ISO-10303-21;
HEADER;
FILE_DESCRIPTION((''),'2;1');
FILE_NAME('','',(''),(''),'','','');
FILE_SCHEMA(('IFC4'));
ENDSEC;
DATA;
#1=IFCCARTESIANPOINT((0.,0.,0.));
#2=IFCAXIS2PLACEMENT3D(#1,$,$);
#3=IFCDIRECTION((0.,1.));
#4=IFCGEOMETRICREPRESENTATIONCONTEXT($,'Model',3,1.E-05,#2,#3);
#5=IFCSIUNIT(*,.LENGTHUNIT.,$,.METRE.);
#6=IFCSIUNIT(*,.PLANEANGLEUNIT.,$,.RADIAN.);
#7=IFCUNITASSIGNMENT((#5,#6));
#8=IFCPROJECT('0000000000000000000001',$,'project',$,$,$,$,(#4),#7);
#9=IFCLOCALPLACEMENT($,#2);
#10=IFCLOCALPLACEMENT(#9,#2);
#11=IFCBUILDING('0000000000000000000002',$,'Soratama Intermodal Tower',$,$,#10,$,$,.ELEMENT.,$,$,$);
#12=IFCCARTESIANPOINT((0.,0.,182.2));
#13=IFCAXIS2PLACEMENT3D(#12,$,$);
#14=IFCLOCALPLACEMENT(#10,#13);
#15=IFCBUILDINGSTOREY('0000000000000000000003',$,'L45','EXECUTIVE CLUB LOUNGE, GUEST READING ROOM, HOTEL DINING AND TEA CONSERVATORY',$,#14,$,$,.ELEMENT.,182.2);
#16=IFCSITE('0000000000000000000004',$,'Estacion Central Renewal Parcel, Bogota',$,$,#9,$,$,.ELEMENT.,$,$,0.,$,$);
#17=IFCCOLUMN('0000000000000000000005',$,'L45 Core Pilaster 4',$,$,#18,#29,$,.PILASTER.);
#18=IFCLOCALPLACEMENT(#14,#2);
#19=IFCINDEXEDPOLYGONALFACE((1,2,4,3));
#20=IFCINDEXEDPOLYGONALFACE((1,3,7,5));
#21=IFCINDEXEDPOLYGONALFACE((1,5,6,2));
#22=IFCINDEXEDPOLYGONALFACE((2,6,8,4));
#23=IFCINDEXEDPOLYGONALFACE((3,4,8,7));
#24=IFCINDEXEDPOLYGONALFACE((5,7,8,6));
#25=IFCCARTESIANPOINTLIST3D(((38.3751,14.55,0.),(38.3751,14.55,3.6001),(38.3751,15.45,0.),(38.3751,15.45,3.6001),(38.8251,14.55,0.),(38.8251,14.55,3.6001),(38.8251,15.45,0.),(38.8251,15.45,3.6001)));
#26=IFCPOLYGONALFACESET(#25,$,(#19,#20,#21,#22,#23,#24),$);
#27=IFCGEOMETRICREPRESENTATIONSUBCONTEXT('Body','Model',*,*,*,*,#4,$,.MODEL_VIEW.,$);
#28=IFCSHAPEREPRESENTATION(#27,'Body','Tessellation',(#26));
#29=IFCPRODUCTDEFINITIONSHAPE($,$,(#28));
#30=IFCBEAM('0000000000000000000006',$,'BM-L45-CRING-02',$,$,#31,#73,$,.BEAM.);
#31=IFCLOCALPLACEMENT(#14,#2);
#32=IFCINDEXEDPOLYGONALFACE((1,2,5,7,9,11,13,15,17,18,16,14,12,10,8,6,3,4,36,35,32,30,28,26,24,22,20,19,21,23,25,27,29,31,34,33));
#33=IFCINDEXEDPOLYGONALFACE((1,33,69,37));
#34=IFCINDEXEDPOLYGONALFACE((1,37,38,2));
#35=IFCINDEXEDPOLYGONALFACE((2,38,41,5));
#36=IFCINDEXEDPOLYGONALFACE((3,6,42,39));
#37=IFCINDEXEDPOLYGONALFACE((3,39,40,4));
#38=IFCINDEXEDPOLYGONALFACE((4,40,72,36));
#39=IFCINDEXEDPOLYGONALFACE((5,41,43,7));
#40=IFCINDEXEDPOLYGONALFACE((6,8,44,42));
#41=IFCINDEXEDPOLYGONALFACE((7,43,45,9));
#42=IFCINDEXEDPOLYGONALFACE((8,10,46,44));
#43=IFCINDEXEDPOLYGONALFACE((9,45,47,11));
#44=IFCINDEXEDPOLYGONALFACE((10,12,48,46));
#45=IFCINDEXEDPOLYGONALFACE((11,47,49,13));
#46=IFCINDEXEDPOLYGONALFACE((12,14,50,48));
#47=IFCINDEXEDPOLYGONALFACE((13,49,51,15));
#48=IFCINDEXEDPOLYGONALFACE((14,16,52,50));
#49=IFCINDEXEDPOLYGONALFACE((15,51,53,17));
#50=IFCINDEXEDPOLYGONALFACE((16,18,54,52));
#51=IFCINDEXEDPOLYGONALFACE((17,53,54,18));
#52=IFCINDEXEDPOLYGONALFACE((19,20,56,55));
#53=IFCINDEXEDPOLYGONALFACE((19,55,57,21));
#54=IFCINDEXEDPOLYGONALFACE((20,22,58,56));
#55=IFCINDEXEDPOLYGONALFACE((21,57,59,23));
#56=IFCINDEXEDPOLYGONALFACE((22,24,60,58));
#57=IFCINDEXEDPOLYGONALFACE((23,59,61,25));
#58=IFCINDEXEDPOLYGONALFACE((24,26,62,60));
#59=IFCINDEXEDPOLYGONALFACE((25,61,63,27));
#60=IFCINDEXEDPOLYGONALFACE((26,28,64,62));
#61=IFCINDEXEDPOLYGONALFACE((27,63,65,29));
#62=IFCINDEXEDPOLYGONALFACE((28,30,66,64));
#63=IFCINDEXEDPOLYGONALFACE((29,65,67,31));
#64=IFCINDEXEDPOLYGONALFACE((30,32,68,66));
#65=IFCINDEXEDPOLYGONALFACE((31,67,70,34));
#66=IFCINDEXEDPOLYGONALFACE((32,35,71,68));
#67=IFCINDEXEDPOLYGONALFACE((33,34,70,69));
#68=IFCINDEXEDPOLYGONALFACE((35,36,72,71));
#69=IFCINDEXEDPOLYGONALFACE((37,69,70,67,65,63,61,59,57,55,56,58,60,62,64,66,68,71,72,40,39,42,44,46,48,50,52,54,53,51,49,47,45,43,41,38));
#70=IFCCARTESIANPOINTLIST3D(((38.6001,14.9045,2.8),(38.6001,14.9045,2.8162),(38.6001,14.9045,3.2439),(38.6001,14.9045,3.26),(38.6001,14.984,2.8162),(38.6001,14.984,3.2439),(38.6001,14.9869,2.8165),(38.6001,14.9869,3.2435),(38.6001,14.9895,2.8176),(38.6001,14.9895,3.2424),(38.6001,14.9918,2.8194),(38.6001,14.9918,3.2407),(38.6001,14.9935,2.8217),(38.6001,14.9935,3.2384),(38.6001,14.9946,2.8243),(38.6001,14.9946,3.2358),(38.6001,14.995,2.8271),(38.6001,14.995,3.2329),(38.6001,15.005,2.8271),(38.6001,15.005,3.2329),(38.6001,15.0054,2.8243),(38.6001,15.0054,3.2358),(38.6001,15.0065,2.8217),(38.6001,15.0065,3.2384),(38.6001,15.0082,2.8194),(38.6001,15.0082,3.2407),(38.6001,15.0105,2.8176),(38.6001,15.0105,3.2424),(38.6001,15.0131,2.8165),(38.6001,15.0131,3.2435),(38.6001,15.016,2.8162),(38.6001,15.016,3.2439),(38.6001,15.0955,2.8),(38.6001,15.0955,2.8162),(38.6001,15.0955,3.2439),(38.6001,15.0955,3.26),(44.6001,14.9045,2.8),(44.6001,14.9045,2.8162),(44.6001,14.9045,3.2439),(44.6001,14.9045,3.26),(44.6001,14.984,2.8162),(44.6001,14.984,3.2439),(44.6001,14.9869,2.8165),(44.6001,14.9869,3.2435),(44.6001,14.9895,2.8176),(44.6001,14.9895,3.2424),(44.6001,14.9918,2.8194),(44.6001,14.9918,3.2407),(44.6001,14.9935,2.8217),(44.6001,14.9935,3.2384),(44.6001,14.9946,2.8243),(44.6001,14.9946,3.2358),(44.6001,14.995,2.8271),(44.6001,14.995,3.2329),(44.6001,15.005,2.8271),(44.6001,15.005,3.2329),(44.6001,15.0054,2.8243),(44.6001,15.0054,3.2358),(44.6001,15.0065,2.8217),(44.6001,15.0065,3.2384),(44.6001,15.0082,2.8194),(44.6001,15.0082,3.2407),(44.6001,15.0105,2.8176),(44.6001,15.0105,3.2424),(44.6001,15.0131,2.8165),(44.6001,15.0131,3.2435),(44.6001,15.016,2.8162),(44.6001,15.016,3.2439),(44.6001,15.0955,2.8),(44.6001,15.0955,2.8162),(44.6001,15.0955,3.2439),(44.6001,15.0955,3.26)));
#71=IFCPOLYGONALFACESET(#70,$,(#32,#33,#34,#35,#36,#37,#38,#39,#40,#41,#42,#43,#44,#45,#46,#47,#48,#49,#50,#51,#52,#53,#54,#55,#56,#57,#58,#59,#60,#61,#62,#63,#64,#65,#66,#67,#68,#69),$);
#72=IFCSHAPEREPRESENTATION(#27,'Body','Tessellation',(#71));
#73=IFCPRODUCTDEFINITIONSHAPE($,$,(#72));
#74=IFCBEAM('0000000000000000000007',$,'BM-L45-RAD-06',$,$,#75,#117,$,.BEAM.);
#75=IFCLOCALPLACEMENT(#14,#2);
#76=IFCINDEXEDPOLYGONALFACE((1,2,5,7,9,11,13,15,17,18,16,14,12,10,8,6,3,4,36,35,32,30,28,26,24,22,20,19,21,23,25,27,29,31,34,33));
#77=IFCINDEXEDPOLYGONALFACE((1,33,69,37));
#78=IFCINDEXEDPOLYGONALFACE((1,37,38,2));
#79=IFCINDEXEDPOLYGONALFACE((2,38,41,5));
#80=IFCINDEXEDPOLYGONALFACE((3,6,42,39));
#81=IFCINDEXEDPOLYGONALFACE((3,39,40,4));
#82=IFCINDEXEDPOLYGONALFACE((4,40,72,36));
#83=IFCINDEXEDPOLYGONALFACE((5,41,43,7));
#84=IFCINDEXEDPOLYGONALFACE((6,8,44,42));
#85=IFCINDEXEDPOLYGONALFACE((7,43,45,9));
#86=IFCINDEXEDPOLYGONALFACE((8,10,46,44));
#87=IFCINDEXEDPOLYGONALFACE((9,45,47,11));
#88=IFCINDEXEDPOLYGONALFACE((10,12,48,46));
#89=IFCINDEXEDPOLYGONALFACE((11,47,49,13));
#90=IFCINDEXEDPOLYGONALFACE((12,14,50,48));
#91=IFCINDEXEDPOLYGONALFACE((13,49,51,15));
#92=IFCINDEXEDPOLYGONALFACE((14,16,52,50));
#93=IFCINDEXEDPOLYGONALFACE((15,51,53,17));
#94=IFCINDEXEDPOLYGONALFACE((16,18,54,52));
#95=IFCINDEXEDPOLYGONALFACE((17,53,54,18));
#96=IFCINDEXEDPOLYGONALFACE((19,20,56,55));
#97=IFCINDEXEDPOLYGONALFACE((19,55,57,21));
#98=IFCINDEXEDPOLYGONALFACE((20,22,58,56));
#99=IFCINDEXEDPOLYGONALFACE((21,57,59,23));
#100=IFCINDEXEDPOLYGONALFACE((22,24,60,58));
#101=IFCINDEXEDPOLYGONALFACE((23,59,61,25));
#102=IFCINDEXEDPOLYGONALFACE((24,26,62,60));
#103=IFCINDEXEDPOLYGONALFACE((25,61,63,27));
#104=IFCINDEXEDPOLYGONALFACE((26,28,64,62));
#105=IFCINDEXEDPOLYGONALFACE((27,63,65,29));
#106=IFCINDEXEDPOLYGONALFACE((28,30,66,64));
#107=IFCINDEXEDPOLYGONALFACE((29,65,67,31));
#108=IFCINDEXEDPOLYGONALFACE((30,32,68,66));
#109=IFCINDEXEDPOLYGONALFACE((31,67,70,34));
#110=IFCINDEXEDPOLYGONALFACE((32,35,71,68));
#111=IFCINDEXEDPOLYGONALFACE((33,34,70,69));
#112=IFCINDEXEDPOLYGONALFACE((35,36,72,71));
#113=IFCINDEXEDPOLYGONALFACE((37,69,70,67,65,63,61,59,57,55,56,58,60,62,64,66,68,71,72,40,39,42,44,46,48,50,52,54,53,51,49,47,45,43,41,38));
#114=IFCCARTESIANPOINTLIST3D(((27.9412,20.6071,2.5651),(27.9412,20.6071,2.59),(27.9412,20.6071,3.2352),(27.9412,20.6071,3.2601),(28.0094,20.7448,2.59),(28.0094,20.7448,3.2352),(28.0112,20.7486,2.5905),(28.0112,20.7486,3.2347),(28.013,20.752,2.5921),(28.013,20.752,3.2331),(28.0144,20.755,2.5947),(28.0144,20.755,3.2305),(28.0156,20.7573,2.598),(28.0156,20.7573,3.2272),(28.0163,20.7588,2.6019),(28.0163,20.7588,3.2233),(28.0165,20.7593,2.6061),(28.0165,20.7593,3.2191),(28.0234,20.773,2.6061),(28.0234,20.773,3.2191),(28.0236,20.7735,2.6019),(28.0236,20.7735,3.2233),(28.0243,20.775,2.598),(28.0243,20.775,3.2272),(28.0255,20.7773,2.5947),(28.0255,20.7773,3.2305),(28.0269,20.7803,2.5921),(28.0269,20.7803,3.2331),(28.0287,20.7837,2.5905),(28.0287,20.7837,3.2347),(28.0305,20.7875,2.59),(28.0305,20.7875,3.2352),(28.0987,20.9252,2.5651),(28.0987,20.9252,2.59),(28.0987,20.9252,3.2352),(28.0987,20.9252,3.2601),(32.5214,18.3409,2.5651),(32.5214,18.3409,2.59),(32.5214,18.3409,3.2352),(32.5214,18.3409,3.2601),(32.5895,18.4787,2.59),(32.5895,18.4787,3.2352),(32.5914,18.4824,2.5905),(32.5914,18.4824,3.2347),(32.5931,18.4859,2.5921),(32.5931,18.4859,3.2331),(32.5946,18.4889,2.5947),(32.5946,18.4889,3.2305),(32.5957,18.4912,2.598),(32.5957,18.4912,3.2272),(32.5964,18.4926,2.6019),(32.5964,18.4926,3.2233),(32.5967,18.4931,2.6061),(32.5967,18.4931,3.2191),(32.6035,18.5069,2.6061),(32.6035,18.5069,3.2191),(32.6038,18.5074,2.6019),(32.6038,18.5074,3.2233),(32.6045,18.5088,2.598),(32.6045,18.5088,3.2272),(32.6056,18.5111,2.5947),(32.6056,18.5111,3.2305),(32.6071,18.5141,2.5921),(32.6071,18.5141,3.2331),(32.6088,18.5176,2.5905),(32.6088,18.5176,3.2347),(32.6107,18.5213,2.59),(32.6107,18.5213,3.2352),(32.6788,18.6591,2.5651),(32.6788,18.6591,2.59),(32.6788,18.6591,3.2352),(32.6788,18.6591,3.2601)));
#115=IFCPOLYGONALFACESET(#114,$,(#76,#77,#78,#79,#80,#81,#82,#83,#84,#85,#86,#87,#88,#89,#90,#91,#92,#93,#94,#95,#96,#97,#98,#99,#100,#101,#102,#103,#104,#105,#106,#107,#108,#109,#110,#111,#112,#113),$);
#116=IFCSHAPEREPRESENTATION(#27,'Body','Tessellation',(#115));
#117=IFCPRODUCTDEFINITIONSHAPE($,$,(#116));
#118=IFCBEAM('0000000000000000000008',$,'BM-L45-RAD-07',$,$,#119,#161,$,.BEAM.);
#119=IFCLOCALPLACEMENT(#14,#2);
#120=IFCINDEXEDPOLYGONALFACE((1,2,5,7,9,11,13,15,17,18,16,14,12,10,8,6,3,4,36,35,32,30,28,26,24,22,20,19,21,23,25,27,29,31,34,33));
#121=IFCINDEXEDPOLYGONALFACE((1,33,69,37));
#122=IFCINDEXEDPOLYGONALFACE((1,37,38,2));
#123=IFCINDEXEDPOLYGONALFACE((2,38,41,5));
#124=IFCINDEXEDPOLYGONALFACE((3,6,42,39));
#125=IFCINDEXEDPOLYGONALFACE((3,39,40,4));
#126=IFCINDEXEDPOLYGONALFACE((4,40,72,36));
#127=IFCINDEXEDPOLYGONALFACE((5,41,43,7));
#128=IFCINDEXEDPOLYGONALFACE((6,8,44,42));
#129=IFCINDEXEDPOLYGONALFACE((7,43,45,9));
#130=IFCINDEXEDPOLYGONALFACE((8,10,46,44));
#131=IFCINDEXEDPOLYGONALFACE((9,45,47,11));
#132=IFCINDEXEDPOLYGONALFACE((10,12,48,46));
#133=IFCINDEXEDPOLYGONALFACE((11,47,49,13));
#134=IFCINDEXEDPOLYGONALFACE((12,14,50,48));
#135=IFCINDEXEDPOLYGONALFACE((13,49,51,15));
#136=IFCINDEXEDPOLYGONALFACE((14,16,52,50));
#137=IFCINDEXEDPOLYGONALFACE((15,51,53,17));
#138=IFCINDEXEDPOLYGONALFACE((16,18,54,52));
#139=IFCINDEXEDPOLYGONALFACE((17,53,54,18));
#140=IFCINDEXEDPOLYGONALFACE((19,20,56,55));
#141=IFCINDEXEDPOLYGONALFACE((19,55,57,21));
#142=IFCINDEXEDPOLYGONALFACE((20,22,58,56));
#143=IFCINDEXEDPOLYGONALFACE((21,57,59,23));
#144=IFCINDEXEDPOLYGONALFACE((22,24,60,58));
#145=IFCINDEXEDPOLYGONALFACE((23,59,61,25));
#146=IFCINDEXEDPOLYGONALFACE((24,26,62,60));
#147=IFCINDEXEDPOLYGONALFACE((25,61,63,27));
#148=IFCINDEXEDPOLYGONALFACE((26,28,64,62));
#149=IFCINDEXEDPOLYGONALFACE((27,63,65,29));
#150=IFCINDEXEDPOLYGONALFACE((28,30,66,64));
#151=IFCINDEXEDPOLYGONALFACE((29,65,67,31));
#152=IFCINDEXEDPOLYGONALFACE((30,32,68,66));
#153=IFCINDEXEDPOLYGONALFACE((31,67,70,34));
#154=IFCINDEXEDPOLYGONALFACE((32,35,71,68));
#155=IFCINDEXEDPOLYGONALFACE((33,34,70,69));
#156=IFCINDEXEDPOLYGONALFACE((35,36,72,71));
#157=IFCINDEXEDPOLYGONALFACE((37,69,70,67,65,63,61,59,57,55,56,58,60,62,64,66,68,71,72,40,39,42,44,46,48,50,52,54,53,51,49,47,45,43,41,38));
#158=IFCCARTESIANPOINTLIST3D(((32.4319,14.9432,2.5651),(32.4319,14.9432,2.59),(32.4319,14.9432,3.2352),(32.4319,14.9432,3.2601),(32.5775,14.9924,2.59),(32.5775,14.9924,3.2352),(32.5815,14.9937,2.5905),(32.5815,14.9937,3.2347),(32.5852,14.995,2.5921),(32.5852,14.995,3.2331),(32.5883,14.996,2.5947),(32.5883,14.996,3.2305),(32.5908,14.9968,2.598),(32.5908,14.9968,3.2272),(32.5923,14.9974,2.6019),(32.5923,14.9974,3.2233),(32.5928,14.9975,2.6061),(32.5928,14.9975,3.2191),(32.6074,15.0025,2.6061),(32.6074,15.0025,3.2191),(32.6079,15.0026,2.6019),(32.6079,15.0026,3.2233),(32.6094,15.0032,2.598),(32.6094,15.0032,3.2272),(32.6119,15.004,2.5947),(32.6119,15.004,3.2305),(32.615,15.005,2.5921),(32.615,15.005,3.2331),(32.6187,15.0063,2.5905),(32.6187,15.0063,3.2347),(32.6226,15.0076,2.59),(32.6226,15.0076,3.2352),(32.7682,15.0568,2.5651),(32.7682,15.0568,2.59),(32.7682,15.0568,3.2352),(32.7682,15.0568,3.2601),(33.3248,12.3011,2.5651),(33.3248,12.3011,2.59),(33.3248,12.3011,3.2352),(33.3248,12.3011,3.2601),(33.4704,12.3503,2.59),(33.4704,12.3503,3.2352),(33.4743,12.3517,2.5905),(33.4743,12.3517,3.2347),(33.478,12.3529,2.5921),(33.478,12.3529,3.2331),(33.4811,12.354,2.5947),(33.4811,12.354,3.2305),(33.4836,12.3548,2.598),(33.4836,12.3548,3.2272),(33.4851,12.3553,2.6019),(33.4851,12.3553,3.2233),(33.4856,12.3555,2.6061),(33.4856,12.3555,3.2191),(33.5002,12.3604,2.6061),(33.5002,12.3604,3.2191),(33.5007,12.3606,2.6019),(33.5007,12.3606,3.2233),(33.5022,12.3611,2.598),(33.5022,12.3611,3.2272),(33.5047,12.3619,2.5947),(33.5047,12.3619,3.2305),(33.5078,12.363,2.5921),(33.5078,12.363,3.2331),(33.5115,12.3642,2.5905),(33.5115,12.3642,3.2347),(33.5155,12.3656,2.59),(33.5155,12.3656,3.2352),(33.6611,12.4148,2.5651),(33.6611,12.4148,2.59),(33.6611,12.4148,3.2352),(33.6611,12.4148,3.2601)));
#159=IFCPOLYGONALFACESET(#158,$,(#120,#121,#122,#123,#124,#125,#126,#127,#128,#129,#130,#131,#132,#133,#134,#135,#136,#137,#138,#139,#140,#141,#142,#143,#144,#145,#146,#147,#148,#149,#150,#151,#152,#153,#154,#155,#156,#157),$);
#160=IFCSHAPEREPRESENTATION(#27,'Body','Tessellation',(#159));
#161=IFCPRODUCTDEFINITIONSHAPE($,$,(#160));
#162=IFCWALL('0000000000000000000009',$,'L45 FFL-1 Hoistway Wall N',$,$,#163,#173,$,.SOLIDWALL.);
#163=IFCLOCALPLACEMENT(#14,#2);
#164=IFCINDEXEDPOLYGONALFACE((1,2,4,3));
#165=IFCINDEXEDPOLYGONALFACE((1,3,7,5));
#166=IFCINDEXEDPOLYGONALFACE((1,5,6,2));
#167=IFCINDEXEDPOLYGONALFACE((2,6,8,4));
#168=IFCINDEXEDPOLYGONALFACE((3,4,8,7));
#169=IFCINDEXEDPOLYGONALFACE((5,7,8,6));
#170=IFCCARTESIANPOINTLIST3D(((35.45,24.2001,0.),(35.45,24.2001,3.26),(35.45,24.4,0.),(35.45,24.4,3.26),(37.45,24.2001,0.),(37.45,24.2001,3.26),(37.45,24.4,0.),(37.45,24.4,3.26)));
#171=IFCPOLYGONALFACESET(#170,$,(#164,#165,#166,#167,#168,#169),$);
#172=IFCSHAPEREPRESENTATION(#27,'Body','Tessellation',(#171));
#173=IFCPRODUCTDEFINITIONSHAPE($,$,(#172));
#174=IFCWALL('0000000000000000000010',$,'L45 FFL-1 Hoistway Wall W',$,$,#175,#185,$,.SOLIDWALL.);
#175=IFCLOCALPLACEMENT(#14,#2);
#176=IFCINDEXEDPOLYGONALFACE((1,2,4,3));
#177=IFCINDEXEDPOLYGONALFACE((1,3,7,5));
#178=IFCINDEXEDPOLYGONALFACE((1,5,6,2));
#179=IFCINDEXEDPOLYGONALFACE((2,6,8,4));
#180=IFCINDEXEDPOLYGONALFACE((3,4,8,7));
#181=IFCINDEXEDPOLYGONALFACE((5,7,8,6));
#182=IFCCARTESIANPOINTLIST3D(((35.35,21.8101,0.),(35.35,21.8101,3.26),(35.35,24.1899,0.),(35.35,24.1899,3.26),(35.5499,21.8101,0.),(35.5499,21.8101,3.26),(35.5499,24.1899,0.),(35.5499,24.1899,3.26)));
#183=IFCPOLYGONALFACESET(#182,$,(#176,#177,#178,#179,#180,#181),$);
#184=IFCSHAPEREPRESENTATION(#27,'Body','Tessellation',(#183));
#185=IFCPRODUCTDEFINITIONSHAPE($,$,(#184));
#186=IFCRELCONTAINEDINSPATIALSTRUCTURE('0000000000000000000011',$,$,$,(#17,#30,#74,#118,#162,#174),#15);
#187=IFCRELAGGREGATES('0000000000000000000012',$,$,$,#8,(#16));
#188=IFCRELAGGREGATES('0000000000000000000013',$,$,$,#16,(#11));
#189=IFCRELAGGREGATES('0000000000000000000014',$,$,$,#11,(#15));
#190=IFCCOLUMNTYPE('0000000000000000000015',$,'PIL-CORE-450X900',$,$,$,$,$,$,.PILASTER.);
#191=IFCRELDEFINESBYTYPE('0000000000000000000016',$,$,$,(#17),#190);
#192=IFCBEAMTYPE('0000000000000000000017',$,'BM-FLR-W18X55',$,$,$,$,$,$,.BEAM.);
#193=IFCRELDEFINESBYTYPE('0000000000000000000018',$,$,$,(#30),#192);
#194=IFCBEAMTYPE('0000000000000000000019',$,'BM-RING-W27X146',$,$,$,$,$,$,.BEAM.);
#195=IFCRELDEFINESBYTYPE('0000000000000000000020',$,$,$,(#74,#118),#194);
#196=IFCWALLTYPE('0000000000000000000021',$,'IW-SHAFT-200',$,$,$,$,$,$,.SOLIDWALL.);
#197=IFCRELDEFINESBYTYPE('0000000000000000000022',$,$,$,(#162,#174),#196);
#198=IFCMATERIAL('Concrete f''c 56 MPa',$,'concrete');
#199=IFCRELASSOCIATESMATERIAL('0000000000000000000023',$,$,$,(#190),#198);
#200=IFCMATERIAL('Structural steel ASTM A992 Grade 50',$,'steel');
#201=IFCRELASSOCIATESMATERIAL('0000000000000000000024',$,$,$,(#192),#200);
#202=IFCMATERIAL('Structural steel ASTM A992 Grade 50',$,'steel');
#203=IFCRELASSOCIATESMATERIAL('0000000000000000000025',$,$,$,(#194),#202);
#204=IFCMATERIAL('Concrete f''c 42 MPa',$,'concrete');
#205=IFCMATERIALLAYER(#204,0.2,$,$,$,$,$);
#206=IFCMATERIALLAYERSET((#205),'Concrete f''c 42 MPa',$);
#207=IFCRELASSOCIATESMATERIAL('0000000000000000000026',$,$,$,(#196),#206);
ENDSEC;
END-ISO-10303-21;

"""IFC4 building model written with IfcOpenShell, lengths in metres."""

from ifc_helpers import new_model, si_unit, direction, frame, frame_2d, origin, origin_2d, place, context, subcontext, project, spatial, rectangle, i_section, extrude, material, layer, layer_set, material_profile, profile_set, type_object, element, save


model = new_model("IFC4")

# Units and contexts
model_context = context("Model", 3, precision=1e-05, world=origin(), true_north=direction((0.0, 1.0)))
body_context = subcontext(model_context, "Body", "Model", "MODEL_VIEW")
ifc_project = project(units=[si_unit("LENGTHUNIT", "METRE"), si_unit("PLANEANGLEUNIT", "RADIAN")], contexts=[model_context])

# Site, building, storey
site_placement = place(None, origin())
site = spatial("IfcSite", under=ifc_project, at=site_placement, Name="Estacion Central Renewal Parcel, Bogota", CompositionType="ELEMENT", RefElevation=0.0)
building_placement = place(site_placement, origin())
building = spatial("IfcBuilding", under=site, at=building_placement, Name="Soratama Intermodal Tower", CompositionType="ELEMENT")
storey_placement = place(building_placement, frame((0.0, 0.0, 182.2)))
storey = spatial("IfcBuildingStorey", under=building, at=storey_placement, Name="L45", Description="EXECUTIVE CLUB LOUNGE, GUEST READING ROOM, HOTEL DINING AND TEA CONSERVATORY", CompositionType="ELEMENT", Elevation=182.2)

# Column
ifc_material_1 = material(Name="Concrete f'c 56 MPa", Category="concrete")
ifc_material_profile_1 = material_profile(ifc_material_1, rectangle(XDim=0.45, YDim=0.8999, at=origin_2d()), Name="RC450X900")
ifc_profile_set_1 = profile_set([ifc_material_profile_1], Name="Concrete f'c 56 MPa")
column_type = type_object("IfcColumnType", Name="PIL-CORE-450X900", PredefinedType="PILASTER", material=ifc_profile_set_1)
column_placement = place(storey_placement, frame((38.6001, 15.0, 0.0), z_axis=(0.0, 0.0, 1.0), x_axis=(1.0, 0.0, 0.0)))
element("IfcColumn", 1, at=column_placement, inside=storey, type_object=column_type, Name="L45 Core Pilaster 4", PredefinedType="PILASTER", context=body_context, shape_type="SweptSolid", body=[
    extrude(rectangle(XDim=0.45, YDim=0.8999, at=origin_2d()), origin(), (0.0, 0.0, 1.0), 3.6001),
])

# Beams
ifc_material_2 = material(Name="Structural steel ASTM A992 Grade 50", Category="steel")
ifc_material_profile_2 = material_profile(ifc_material_2, i_section(OverallWidth=0.1909, OverallDepth=0.46, WebThickness=0.01, FlangeThickness=0.0161, FilletRadius=0.011, at=origin_2d()), Name="W18X55")
ifc_profile_set_2 = profile_set([ifc_material_profile_2], Name="Structural steel ASTM A992 Grade 50")
beam_type_1 = type_object("IfcBeamType", Name="BM-FLR-W18X55", PredefinedType="BEAM", material=ifc_profile_set_2)
beam_1_placement = place(storey_placement, frame((38.6001, 15.0, 3.03), z_axis=(1.0, 0.0, 0.0), x_axis=(0.0, 1.0, 0.0)))
element("IfcBeam", 2, at=beam_1_placement, inside=storey, type_object=beam_type_1, Name="BM-L45-CRING-02", PredefinedType="BEAM", context=body_context, shape_type="SweptSolid", body=[
    extrude(i_section(OverallWidth=0.1909, OverallDepth=0.46, WebThickness=0.01, FlangeThickness=0.0161, FilletRadius=0.011, at=origin_2d()), origin(), (0.0, 0.0, 1.0), 6.0),
])
ifc_material_3 = material(Name="Structural steel ASTM A992 Grade 50", Category="steel")
ifc_material_profile_3 = material_profile(ifc_material_3, i_section(OverallWidth=0.355, OverallDepth=0.6951, WebThickness=0.0154, FlangeThickness=0.0249, FilletRadius=0.0161, at=origin_2d()), Name="W27X146")
ifc_profile_set_3 = profile_set([ifc_material_profile_3], Name="Structural steel ASTM A992 Grade 50")
beam_type_2 = type_object("IfcBeamType", Name="BM-RING-W27X146", PredefinedType="BEAM", material=ifc_profile_set_3)
beam_2_placement = place(storey_placement, frame((32.6001, 18.5, 2.9126), z_axis=(-0.896292, 0.443464, 0.0), x_axis=(-0.443464, -0.896292, 0.0)))
element("IfcBeam", 3, at=beam_2_placement, inside=storey, type_object=beam_type_2, Name="BM-L45-RAD-06", PredefinedType="BEAM", context=body_context, shape_type="SweptSolid", body=[
    extrude(i_section(OverallWidth=0.355, OverallDepth=0.6951, WebThickness=0.0154, FlangeThickness=0.0249, FilletRadius=0.0161, at=origin_2d()), origin(), (0.0, 0.0, 1.0), 5.1101),
])
beam_3_placement = place(storey_placement, frame((32.6001, 15.0, 2.9126), z_axis=(0.320138, -0.947371, 0.0), x_axis=(0.947371, 0.320138, 0.0)))
element("IfcBeam", 4, at=beam_3_placement, inside=storey, type_object=beam_type_2, Name="BM-L45-RAD-07", PredefinedType="BEAM", context=body_context, shape_type="SweptSolid", body=[
    extrude(i_section(OverallWidth=0.355, OverallDepth=0.6951, WebThickness=0.0154, FlangeThickness=0.0249, FilletRadius=0.0161, at=origin_2d()), origin(), (0.0, 0.0, 1.0), 2.7888),
])

# Shared definitions
ifc_material_4 = material(Name="Concrete f'c 42 MPa", Category="concrete")
ifc_layer_1 = layer(ifc_material_4, 0.2)
ifc_layer_set_1 = layer_set([ifc_layer_1], Name="Concrete f'c 42 MPa")
wall_type_1 = type_object("IfcWallType", Name="IW-SHAFT-200", PredefinedType="SOLIDWALL", material=ifc_layer_set_1)

# Walls
wall_1_placement = place(storey_placement, frame((35.45, 24.3, 0.0), z_axis=(0.0, 0.0, 1.0), x_axis=(1.0, 0.0, 0.0)))
element("IfcWall", 5, at=wall_1_placement, inside=storey, type_object=wall_type_1, Name="L45 FFL-1 Hoistway Wall N", PredefinedType="SOLIDWALL", context=body_context, shape_type="SweptSolid", body=[
    extrude(rectangle(XDim=2.0, YDim=0.2, at=frame_2d((1.0, 0.0))), origin(), (0.0, 0.0, 1.0), 3.26),
])
for number, where, z_axis, x_axis, name in (
    (6, (35.45, 21.8101, 0.0), (0.0, 0.0, 1.0), (0.0, 1.0, 0.0), "L45 FFL-1 Hoistway Wall W"),
):
    element("IfcWall", number, at=place(storey_placement, frame(where, z_axis=z_axis, x_axis=x_axis)), inside=storey, type_object=wall_type_1, Name=name, PredefinedType="SOLIDWALL", context=body_context, shape_type="SweptSolid", body=[
        extrude(rectangle(XDim=2.3799, YDim=0.2, at=frame_2d((1.1899, 0.0))), origin(), (0.0, 0.0, 1.0), 3.26),
    ])

save(model, "model.ifc")
